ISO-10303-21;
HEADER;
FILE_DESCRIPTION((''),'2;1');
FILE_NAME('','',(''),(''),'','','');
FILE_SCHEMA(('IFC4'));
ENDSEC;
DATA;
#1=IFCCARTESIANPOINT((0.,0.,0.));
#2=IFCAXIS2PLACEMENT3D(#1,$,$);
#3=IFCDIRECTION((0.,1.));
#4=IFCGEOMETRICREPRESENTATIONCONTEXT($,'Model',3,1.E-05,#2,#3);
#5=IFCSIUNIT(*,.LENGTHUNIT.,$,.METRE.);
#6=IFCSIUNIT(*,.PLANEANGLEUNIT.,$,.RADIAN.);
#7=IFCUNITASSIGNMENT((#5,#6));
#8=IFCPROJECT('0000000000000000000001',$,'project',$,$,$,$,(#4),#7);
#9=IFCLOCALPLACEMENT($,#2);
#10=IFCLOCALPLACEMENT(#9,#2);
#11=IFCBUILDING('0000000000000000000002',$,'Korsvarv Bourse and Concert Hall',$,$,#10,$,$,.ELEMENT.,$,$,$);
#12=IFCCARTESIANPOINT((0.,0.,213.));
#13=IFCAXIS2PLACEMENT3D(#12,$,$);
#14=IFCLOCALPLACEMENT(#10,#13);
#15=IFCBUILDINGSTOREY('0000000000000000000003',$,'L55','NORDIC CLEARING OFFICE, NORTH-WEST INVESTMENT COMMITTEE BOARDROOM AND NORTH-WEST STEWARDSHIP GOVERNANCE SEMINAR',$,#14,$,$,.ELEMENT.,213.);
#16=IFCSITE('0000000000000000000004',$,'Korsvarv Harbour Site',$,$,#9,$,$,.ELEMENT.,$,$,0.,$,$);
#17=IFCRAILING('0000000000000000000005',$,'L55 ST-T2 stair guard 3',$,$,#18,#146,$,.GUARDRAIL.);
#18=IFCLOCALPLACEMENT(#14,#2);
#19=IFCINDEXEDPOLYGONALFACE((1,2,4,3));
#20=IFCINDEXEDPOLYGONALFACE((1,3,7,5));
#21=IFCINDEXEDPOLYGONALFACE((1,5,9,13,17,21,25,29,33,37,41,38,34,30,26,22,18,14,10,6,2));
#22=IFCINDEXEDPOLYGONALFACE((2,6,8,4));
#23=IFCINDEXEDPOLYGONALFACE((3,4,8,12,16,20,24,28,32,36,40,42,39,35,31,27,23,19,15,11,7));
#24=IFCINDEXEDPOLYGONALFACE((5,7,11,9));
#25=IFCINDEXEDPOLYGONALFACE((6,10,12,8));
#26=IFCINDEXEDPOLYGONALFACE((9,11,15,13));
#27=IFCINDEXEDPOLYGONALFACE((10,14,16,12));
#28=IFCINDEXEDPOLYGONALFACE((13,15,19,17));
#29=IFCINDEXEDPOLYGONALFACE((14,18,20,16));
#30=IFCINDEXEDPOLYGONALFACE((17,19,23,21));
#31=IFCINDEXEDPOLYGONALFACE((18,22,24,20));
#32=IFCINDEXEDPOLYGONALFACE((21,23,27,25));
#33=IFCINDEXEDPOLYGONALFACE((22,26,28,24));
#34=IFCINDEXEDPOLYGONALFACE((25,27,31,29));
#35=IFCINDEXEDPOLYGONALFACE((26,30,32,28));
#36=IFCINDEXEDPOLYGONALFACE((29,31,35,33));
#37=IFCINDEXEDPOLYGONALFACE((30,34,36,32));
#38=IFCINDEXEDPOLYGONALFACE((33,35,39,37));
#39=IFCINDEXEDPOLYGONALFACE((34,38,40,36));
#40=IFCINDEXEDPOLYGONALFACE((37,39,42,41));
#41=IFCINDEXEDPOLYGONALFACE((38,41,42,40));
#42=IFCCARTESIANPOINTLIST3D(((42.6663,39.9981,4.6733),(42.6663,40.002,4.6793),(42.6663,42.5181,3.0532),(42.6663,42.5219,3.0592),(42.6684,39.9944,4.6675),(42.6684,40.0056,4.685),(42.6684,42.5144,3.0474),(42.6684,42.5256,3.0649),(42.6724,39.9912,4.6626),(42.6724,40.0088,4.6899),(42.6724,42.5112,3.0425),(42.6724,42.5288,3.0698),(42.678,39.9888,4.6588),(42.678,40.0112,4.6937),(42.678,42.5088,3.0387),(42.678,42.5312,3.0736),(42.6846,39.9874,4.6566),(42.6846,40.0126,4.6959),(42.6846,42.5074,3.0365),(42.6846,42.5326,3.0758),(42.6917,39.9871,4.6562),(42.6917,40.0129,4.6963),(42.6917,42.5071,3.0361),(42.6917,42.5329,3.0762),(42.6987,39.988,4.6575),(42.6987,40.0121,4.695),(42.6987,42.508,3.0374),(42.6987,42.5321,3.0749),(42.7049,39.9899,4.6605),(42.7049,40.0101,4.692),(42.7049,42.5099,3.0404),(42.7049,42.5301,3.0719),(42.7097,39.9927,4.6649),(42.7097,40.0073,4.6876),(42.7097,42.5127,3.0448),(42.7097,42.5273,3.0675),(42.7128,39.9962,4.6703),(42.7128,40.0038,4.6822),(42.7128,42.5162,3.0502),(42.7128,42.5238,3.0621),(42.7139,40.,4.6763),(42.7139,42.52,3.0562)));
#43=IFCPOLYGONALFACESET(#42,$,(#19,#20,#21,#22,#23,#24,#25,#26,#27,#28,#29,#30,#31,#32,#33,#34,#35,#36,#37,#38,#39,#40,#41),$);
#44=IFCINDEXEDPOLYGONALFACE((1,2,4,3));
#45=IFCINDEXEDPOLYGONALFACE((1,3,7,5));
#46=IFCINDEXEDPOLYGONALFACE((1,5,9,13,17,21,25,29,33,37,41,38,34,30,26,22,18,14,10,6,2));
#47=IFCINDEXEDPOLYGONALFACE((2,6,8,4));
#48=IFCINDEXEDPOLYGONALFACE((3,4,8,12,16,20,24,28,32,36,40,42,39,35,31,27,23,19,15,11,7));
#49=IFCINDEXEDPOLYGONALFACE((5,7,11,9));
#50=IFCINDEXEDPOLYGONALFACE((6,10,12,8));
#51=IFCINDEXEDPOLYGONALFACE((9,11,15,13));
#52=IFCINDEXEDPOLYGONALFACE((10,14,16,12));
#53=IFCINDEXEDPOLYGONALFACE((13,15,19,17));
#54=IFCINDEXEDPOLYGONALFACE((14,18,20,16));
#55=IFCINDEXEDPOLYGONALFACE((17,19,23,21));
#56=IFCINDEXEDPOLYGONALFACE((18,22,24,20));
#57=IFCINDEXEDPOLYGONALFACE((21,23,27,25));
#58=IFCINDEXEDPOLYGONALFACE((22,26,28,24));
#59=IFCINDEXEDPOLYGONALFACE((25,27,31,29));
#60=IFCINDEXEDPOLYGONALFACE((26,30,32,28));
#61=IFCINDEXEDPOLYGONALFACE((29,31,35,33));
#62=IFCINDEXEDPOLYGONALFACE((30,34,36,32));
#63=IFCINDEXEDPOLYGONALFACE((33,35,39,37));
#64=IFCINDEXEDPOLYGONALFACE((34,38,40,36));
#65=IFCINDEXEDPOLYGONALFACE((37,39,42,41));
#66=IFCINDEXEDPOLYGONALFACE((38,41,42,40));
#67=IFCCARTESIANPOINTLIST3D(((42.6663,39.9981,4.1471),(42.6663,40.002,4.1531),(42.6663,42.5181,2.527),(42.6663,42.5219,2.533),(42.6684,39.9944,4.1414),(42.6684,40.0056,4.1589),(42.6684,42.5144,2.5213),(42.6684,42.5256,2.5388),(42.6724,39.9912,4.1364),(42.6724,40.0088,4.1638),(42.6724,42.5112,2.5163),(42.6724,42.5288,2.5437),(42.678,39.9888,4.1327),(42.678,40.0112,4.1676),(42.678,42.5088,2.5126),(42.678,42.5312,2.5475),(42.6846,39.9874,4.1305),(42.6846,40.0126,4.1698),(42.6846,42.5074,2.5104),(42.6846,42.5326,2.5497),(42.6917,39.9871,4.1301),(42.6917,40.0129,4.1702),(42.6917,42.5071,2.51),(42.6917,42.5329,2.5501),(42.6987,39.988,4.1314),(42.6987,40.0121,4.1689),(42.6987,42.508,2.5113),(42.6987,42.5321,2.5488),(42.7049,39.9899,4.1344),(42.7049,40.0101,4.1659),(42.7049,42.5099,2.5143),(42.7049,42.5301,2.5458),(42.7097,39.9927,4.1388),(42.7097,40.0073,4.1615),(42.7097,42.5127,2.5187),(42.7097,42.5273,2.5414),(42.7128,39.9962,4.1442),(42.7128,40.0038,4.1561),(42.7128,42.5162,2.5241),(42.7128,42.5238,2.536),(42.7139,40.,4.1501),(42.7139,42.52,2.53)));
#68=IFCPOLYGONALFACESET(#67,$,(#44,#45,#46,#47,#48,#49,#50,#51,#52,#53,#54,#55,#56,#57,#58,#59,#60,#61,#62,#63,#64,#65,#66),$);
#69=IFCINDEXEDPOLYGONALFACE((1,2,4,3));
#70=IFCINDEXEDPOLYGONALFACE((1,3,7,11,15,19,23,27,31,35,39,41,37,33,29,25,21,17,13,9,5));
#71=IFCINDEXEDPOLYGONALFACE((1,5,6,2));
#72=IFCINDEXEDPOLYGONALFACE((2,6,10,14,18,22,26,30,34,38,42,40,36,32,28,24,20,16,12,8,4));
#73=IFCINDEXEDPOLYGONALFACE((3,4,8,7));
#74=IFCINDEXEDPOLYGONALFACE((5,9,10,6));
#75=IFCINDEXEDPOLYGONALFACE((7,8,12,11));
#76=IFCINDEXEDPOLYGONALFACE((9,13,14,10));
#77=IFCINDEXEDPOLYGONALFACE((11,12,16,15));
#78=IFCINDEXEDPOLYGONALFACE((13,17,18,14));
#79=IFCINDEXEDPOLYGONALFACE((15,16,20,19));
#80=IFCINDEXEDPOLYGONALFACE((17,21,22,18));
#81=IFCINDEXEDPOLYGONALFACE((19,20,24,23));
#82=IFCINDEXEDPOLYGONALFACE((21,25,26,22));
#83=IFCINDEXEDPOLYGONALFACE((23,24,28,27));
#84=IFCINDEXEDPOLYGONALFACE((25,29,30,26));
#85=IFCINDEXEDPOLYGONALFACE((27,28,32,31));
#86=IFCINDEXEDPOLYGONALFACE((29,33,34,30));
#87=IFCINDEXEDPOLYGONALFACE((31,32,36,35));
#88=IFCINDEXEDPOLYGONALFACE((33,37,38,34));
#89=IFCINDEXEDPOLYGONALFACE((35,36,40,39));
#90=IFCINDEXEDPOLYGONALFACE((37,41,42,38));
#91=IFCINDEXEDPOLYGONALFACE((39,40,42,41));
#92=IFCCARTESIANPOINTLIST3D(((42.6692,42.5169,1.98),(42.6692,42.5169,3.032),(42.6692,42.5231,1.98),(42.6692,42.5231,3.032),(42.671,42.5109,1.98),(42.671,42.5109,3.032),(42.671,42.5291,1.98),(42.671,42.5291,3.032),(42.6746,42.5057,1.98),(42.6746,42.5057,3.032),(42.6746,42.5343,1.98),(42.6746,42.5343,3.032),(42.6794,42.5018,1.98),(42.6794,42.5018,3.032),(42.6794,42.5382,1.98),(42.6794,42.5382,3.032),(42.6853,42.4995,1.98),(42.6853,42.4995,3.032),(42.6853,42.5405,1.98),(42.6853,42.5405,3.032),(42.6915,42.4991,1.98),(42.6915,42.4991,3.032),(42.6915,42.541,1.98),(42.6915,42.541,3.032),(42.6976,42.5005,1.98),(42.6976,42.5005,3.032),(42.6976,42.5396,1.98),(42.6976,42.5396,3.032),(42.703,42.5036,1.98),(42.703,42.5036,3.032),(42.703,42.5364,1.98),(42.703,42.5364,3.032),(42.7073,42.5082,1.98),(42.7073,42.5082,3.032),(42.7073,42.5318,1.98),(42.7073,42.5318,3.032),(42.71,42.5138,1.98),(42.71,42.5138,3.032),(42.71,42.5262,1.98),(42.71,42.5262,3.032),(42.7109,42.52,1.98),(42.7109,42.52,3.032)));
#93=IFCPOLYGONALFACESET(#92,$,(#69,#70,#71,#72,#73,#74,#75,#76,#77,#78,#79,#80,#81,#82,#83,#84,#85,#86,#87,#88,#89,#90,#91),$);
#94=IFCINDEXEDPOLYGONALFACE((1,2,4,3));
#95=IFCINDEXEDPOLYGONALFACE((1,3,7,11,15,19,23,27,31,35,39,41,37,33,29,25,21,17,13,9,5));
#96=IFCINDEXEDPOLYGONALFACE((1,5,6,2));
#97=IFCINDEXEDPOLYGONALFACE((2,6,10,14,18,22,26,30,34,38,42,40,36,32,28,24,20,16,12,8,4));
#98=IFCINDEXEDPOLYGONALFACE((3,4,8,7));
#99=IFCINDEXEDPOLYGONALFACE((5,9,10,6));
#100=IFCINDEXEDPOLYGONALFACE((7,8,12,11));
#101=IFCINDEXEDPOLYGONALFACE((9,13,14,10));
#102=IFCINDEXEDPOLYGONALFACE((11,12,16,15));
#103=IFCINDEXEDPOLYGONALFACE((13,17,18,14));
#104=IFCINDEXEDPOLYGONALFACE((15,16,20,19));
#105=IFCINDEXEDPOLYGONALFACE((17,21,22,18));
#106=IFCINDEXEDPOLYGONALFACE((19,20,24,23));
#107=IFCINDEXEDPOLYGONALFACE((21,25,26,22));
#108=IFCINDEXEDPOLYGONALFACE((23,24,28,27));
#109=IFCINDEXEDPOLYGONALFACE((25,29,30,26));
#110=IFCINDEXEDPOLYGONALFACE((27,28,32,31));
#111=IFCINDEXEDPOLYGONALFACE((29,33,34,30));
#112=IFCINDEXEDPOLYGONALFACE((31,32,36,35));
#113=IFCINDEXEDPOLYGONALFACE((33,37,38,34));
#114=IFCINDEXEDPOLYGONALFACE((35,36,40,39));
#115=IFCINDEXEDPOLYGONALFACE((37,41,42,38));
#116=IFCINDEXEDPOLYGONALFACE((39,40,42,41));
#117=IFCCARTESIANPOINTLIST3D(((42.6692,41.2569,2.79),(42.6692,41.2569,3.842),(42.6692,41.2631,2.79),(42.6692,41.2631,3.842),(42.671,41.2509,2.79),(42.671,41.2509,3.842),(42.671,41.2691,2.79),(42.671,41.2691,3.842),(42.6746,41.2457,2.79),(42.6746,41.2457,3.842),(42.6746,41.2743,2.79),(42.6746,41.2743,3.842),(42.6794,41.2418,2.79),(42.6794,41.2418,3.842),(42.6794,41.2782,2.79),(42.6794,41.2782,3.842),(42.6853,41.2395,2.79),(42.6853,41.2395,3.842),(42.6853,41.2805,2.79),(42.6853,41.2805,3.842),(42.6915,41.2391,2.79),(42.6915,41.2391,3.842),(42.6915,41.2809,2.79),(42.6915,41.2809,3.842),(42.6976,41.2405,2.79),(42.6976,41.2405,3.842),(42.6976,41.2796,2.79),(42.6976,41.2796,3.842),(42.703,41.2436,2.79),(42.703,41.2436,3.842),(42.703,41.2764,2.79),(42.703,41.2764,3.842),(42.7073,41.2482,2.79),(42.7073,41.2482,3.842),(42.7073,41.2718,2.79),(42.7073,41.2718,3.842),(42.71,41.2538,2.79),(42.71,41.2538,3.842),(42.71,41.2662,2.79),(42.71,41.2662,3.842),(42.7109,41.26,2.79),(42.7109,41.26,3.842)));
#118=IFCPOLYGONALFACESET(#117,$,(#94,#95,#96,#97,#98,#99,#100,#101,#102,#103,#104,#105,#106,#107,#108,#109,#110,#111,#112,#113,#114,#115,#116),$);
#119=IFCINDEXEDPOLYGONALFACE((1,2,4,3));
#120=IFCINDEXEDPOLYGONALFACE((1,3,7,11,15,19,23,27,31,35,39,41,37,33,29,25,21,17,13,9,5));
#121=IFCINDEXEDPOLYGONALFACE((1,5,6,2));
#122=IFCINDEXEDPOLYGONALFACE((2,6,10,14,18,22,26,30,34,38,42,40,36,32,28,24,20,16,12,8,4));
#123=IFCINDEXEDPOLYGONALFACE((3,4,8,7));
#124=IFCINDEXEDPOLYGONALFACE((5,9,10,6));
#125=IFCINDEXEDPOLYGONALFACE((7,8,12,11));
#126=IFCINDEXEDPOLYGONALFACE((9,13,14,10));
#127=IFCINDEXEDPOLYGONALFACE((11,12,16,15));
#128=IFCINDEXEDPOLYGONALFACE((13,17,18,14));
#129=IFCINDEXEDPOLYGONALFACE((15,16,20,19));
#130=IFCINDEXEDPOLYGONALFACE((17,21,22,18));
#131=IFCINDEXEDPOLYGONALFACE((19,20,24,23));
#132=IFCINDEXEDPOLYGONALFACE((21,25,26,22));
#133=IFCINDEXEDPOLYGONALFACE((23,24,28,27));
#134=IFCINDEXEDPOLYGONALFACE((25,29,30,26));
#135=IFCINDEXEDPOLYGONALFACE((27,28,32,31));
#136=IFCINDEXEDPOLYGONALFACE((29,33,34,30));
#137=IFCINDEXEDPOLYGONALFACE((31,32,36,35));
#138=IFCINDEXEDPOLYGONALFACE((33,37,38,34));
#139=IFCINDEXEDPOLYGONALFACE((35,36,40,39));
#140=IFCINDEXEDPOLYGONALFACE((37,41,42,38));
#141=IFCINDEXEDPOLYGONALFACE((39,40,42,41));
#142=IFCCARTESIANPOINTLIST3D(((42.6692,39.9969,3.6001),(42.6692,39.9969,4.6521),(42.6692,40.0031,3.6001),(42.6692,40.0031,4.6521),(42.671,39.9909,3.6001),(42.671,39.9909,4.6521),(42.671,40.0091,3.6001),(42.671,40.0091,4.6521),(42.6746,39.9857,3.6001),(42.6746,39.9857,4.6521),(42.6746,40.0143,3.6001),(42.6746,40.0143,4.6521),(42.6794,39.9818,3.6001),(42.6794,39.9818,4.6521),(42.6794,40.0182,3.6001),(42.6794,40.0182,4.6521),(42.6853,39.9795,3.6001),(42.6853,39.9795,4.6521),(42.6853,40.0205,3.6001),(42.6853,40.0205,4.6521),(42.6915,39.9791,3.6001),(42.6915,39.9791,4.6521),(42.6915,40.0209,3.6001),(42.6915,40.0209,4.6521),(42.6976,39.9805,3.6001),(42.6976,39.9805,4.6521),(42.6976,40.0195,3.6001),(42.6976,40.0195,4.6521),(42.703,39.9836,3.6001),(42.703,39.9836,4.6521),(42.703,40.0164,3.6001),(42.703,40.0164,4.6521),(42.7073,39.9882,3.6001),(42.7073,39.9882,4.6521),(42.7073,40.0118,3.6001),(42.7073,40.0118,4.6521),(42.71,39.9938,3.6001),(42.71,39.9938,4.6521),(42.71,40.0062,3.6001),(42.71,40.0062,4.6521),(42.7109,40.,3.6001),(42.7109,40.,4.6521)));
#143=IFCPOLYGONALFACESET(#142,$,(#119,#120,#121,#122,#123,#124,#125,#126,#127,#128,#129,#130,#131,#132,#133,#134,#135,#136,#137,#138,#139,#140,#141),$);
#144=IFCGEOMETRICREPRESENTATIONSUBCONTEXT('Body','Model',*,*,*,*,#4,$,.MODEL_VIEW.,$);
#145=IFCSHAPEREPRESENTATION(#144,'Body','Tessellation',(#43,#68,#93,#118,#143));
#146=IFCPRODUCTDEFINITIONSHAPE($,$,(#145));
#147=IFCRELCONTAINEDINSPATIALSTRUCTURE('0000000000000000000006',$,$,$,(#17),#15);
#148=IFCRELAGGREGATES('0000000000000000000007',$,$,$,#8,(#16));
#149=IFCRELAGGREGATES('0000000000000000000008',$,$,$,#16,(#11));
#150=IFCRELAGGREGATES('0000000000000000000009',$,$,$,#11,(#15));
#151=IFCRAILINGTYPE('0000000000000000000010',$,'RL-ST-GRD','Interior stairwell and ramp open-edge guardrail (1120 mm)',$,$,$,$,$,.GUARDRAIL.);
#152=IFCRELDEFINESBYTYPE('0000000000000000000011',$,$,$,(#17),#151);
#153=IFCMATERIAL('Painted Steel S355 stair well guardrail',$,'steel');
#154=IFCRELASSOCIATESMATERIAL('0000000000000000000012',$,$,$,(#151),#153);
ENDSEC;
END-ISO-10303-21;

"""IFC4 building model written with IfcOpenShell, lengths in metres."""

from ifc_helpers import new_model, si_unit, direction, frame, origin, origin_2d, place, context, subcontext, project, spatial, circle, extrude, material, type_object, element, save


model = new_model("IFC4")

# Units and contexts
model_context = context("Model", 3, precision=1e-05, world=origin(), true_north=direction((0.0, 1.0)))
body_context = subcontext(model_context, "Body", "Model", "MODEL_VIEW")
ifc_project = project(units=[si_unit("LENGTHUNIT", "METRE"), si_unit("PLANEANGLEUNIT", "RADIAN")], contexts=[model_context])

# Site, building, storey
site_placement = place(None, origin())
site = spatial("IfcSite", under=ifc_project, at=site_placement, Name="Korsvarv Harbour Site", CompositionType="ELEMENT", RefElevation=0.0)
building_placement = place(site_placement, origin())
building = spatial("IfcBuilding", under=site, at=building_placement, Name="Korsvarv Bourse and Concert Hall", CompositionType="ELEMENT")
storey_placement = place(building_placement, frame((0.0, 0.0, 213.0)))
storey = spatial("IfcBuildingStorey", under=building, at=storey_placement, Name="L55", Description="NORDIC CLEARING OFFICE, NORTH-WEST INVESTMENT COMMITTEE BOARDROOM AND NORTH-WEST STEWARDSHIP GOVERNANCE SEMINAR", CompositionType="ELEMENT", Elevation=213.0)

# Railing
ifc_material_1 = material(Name="Painted Steel S355 stair well guardrail", Category="steel")
railing_type_1 = type_object("IfcRailingType", Name="RL-ST-GRD", Description="Interior stairwell and ramp open-edge guardrail (1120 mm)", PredefinedType="GUARDRAIL", material=ifc_material_1)
railing_1_placement = place(storey_placement, frame((42.6899, 42.52, 1.98)))
element("IfcRailing", 1, at=railing_1_placement, inside=storey, type_object=railing_type_1, Name="L55 ST-T2 stair guard 3", PredefinedType="GUARDRAIL", context=body_context, shape_type="SweptSolid", body=[
    extrude(circle(Radius=0.0239, at=origin_2d()), frame((0.0, 0.0, 1.0762), z_axis=(0.0, -0.841163, 0.540782), x_axis=(1.0, 0.0, 0.0)), (0.0, 0.0, 1.0), 2.9958),
    extrude(circle(Radius=0.0239, at=origin_2d()), frame((0.0, 0.0, 0.55), z_axis=(0.0, -0.841163, 0.540782), x_axis=(1.0, 0.0, 0.0)), (0.0, 0.0, 1.0), 2.9958),
    extrude(circle(Radius=0.021, at=origin_2d()), origin(), (0.0, 0.0, 1.0), 1.052),
    extrude(circle(Radius=0.021, at=origin_2d()), frame((0.0, -1.26, 0.8101)), (0.0, 0.0, 1.0), 1.052),
    extrude(circle(Radius=0.021, at=origin_2d()), frame((0.0, -2.52, 1.6201)), (0.0, 0.0, 1.0), 1.052),
])

save(model, "model.ifc")
